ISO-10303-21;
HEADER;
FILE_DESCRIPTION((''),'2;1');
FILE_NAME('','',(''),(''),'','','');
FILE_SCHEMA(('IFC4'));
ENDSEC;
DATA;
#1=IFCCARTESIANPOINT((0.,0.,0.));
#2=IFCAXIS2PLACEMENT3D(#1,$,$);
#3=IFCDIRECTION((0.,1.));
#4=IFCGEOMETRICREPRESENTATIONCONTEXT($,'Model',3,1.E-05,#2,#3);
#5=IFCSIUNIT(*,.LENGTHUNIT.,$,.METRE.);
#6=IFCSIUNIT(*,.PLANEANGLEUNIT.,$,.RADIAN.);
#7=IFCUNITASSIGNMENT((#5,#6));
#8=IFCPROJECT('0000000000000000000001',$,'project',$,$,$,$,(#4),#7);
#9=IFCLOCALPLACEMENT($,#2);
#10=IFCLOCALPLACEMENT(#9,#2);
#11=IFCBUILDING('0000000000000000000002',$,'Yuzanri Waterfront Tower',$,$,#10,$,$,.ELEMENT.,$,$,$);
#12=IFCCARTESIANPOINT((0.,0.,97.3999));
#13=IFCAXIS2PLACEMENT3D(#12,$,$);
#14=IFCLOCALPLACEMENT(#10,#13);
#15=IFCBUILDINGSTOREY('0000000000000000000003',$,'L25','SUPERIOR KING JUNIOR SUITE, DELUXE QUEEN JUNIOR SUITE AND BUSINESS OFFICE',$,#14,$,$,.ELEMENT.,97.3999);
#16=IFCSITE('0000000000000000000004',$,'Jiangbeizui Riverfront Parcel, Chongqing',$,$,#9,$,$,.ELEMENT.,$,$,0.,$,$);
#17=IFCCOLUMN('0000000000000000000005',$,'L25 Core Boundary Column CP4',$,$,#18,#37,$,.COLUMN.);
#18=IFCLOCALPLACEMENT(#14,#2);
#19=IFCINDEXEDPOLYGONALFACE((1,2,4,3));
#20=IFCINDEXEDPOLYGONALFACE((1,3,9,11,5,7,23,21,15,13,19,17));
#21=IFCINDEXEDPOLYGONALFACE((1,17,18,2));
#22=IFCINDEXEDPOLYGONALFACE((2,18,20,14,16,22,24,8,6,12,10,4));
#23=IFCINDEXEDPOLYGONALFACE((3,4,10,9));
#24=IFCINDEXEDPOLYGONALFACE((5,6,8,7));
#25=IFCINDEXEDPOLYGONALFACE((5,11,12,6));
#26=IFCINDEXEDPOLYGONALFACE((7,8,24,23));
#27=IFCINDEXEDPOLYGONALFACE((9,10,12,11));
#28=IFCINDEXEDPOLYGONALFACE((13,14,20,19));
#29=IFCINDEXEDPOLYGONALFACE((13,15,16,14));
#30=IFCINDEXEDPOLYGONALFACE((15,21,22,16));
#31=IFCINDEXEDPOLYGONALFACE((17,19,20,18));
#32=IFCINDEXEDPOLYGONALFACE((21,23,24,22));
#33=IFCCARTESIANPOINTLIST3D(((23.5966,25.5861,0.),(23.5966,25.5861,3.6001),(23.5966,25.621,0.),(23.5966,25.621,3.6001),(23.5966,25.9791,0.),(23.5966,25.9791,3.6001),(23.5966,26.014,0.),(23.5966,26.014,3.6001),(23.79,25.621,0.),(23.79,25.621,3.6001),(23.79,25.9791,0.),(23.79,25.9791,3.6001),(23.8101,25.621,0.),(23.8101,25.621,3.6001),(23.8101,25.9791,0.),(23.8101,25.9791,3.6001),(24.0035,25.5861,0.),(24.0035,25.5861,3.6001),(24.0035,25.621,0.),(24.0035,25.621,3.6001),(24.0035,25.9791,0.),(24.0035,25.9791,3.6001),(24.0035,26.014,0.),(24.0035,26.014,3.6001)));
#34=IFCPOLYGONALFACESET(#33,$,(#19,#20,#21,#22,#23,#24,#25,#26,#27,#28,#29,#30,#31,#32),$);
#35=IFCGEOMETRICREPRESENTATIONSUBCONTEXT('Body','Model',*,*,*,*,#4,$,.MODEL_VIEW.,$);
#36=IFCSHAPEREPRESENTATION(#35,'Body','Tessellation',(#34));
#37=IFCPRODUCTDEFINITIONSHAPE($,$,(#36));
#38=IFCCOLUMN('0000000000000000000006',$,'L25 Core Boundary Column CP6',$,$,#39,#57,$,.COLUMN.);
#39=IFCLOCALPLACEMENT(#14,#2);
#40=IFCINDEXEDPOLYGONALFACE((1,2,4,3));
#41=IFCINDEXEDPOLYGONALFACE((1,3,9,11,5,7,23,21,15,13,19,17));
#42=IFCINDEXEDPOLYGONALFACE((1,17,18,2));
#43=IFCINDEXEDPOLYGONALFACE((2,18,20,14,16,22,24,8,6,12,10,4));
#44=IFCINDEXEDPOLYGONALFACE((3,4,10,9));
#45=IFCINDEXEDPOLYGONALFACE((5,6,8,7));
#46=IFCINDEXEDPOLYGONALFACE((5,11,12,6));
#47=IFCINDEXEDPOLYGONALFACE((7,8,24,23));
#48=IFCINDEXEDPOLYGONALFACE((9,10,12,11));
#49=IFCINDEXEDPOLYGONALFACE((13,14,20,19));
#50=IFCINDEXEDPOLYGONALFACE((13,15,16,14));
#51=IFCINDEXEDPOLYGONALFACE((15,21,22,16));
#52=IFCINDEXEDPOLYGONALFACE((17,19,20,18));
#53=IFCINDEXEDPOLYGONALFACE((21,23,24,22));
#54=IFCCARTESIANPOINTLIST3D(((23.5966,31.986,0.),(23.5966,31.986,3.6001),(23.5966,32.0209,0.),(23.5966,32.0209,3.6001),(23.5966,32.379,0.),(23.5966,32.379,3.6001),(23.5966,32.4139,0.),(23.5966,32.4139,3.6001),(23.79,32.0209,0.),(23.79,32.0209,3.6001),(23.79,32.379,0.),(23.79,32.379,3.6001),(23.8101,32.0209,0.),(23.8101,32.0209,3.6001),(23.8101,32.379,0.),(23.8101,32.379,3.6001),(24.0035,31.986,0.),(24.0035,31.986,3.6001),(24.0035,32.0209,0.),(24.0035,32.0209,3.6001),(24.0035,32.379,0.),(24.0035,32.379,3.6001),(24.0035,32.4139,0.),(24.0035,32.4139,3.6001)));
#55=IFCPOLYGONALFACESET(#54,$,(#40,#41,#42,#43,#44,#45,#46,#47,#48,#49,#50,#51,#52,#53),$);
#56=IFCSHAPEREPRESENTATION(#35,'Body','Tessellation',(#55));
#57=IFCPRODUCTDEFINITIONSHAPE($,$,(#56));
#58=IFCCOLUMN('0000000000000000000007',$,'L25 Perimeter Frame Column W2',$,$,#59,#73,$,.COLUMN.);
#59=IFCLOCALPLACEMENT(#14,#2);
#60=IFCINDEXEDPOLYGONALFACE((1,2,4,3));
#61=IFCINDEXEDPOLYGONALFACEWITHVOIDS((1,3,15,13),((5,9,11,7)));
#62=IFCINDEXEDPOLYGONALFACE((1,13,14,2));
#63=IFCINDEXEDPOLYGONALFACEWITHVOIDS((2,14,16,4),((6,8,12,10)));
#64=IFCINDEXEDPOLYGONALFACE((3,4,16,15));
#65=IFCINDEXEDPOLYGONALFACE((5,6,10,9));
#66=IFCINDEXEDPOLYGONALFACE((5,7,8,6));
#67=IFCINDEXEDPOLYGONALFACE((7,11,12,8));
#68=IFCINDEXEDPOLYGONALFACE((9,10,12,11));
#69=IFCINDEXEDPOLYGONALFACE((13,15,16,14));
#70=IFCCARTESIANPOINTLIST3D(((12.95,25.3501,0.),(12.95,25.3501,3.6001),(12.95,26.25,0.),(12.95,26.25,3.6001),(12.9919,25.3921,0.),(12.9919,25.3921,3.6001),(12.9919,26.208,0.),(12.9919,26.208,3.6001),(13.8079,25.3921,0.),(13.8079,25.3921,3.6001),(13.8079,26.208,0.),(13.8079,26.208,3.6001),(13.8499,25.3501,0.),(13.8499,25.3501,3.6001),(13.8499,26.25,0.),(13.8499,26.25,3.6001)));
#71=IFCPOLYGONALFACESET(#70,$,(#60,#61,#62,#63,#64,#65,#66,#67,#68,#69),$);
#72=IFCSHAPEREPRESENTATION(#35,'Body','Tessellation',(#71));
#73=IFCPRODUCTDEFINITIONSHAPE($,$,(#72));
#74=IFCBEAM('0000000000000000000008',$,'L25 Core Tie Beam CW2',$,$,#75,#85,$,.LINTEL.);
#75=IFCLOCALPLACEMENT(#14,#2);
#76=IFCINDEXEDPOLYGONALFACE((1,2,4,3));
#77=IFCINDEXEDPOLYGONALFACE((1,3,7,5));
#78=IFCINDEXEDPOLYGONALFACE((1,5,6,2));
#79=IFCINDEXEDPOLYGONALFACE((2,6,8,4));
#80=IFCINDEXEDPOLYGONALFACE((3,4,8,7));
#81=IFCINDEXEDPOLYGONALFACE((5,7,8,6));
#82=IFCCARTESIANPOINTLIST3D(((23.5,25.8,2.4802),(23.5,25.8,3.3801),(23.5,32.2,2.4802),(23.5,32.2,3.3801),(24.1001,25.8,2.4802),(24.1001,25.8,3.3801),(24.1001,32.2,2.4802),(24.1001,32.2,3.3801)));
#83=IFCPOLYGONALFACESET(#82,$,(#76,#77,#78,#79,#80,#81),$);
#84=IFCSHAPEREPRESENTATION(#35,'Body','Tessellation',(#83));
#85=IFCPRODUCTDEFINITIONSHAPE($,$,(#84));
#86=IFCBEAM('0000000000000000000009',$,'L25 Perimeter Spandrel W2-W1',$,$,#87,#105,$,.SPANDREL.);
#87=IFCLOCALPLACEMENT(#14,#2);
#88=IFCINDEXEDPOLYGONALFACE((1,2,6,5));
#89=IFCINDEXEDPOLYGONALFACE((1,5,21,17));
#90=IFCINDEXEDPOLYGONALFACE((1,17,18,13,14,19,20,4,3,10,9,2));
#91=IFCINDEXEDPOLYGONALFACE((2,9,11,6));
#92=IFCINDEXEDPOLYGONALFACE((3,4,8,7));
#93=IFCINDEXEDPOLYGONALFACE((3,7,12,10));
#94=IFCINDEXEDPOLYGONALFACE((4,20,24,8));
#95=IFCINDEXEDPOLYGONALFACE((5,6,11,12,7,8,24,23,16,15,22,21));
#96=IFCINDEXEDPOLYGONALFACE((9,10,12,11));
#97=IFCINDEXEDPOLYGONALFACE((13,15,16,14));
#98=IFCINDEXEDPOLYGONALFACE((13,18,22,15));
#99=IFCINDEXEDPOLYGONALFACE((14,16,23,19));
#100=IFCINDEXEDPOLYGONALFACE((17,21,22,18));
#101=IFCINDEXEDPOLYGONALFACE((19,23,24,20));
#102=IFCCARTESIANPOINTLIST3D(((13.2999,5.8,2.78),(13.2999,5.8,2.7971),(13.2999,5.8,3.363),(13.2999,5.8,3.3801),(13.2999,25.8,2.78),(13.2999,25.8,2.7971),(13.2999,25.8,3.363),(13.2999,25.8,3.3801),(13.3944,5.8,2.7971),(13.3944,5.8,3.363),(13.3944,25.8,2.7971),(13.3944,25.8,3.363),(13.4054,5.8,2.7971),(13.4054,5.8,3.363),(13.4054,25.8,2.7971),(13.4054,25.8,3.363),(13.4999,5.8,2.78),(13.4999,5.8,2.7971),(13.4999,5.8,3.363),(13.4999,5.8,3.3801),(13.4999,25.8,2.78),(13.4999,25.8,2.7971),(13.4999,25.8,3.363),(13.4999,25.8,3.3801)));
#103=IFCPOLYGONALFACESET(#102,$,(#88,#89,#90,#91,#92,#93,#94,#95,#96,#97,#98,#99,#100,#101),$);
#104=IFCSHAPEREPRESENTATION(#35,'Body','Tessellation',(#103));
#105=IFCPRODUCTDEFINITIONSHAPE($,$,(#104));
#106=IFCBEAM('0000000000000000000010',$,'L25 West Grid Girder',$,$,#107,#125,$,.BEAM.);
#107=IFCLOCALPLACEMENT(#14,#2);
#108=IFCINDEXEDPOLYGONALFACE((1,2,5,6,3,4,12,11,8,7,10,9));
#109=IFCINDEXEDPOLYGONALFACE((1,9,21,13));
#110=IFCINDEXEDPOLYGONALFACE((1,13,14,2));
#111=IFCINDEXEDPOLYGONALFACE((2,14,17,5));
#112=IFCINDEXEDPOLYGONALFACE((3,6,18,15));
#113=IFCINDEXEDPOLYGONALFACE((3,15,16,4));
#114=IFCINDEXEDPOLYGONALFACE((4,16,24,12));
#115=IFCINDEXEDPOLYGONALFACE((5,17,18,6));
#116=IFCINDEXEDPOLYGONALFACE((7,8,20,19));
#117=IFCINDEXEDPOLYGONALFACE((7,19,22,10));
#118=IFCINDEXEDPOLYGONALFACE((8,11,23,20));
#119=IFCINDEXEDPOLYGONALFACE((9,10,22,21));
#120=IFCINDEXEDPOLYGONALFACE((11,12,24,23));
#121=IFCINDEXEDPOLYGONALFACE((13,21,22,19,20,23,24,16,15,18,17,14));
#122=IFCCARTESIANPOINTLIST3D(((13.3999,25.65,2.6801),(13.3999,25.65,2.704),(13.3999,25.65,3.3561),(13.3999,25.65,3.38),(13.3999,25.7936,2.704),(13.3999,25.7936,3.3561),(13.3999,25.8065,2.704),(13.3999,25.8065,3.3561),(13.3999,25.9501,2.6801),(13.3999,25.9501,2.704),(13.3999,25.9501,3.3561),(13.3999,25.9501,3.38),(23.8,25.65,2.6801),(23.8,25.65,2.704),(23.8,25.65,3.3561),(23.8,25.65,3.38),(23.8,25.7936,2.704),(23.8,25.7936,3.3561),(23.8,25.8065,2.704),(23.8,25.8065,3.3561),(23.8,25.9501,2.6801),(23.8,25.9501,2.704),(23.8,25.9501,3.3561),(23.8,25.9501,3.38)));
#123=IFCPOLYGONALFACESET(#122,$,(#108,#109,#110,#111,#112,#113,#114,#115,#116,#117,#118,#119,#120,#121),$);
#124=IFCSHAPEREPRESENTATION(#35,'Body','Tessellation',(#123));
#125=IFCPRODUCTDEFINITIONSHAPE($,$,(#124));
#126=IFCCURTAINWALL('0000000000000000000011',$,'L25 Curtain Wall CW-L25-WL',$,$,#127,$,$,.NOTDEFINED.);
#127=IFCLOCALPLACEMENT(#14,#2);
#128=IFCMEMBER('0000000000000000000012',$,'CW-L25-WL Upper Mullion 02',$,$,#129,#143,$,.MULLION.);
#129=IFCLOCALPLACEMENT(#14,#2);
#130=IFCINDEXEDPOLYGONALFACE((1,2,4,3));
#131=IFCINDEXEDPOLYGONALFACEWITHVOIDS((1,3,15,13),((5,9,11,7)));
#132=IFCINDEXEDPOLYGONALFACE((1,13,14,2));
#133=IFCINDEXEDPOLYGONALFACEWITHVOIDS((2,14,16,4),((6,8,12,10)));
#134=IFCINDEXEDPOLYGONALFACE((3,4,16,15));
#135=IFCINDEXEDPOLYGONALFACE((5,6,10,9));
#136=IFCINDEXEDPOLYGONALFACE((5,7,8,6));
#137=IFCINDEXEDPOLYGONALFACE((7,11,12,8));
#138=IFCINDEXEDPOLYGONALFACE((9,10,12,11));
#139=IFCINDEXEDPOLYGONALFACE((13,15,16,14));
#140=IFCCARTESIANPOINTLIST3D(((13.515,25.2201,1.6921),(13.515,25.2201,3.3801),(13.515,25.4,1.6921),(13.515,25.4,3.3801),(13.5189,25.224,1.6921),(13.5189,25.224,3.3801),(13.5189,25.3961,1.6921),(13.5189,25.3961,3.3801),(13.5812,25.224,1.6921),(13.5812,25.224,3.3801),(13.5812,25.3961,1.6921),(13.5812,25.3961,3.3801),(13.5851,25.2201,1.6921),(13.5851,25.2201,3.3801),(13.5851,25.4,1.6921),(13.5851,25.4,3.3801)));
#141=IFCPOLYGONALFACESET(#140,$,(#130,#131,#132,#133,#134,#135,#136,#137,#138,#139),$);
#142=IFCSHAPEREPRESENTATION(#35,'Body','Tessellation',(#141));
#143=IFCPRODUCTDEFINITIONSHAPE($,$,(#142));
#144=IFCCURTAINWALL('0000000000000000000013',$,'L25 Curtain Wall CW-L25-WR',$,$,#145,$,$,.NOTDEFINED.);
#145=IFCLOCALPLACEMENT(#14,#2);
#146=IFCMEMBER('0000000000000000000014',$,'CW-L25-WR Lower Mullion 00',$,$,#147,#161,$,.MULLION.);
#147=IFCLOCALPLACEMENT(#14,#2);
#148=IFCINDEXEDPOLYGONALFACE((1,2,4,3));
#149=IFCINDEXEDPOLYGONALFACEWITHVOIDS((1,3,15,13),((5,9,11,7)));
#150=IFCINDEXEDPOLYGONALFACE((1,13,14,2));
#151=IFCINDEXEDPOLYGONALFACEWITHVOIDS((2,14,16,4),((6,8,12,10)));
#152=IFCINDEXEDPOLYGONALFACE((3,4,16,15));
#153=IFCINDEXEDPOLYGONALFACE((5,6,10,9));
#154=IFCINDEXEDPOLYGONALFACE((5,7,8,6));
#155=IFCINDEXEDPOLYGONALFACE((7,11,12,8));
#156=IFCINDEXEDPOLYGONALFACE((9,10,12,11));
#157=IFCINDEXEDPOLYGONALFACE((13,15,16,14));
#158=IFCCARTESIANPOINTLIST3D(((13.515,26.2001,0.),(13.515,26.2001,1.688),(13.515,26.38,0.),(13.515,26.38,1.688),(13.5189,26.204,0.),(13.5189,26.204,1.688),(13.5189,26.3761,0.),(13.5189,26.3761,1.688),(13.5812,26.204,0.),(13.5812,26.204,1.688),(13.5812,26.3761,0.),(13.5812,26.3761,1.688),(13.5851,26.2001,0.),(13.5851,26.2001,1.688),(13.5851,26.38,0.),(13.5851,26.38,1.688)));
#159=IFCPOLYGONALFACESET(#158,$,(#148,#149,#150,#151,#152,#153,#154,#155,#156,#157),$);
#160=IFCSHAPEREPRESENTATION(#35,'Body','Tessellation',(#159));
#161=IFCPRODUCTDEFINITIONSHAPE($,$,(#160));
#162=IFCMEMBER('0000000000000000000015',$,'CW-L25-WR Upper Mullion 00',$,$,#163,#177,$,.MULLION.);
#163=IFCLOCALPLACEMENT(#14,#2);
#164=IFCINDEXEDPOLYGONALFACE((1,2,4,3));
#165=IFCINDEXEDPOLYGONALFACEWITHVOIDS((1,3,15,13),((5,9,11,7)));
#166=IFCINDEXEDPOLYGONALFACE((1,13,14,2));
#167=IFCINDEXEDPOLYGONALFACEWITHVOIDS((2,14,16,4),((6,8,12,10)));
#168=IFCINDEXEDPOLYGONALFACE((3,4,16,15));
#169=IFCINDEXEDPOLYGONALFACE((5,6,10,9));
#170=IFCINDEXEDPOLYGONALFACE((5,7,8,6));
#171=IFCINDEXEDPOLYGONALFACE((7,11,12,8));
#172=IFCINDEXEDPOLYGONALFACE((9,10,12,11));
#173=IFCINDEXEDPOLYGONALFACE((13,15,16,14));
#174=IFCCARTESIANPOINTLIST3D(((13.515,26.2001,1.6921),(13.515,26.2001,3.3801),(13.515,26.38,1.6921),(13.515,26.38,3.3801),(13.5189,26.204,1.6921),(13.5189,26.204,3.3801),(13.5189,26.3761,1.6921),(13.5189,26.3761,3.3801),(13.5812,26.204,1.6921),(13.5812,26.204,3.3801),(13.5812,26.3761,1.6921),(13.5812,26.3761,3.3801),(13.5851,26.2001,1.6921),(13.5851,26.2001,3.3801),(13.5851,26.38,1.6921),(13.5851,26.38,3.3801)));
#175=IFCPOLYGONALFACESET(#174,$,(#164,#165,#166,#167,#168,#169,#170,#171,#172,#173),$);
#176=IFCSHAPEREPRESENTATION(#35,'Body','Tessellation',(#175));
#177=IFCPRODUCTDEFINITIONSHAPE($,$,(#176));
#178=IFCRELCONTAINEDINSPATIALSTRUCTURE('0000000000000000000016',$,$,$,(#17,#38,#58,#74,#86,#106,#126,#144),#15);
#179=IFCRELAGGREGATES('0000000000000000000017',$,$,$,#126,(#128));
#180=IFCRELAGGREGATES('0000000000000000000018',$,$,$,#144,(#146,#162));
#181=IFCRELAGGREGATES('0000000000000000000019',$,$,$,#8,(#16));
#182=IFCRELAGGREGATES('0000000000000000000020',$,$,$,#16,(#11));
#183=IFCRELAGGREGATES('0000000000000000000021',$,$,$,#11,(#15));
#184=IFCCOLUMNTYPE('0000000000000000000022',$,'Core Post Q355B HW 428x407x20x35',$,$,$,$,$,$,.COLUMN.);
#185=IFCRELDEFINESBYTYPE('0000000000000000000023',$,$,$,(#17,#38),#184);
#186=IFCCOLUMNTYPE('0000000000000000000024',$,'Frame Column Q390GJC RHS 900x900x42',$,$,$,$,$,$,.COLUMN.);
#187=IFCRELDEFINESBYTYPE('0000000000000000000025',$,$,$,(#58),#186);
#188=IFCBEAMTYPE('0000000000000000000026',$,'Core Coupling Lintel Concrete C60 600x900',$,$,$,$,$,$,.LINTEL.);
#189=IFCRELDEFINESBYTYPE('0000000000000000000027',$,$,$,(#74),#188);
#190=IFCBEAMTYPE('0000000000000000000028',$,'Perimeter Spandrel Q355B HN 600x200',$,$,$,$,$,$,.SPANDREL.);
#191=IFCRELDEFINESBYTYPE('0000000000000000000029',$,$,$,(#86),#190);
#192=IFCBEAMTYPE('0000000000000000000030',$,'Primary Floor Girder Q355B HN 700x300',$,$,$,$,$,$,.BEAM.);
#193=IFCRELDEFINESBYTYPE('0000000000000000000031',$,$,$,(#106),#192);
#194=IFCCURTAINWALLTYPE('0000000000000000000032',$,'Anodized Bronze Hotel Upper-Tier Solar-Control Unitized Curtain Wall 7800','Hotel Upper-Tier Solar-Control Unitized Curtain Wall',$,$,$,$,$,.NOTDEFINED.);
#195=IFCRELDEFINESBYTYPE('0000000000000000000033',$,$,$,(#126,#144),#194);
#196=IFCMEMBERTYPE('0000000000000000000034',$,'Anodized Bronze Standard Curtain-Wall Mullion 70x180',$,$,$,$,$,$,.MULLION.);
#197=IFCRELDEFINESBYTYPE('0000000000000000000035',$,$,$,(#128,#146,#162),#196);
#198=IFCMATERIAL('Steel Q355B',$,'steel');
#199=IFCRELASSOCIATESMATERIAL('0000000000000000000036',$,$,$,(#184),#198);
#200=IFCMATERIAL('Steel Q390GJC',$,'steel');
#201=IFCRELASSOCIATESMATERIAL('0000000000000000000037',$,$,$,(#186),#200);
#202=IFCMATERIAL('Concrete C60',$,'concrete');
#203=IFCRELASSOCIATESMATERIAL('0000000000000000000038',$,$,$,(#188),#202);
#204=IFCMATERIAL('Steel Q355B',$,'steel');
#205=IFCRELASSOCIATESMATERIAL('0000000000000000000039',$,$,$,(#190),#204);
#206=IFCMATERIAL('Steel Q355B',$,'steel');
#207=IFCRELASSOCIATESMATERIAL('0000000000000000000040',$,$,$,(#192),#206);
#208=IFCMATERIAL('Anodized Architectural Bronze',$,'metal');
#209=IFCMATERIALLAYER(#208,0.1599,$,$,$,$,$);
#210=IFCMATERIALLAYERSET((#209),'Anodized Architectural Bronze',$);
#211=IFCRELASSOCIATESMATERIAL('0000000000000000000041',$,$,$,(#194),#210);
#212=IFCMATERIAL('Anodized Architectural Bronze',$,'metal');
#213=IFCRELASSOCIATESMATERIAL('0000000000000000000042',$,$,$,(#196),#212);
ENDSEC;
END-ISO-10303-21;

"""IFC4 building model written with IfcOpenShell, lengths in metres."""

from ifc_helpers import new_model, si_unit, direction, frame, origin, origin_2d, place, context, subcontext, project, spatial, rectangle, hollow_rectangle, i_section, extrude, source, transform, mapped, material, layer, layer_set, material_profile, profile_set, type_object, element, aggregate, save


model = new_model("IFC4")

# Units and contexts
model_context = context("Model", 3, precision=1e-05, world=origin(), true_north=direction((0.0, 1.0)))
body_context = subcontext(model_context, "Body", "Model", "MODEL_VIEW")
ifc_project = project(units=[si_unit("LENGTHUNIT", "METRE"), si_unit("PLANEANGLEUNIT", "RADIAN")], contexts=[model_context])

# Site, building, storey
site_placement = place(None, origin())
site = spatial("IfcSite", under=ifc_project, at=site_placement, Name="Jiangbeizui Riverfront Parcel, Chongqing", CompositionType="ELEMENT", RefElevation=0.0)
building_placement = place(site_placement, origin())
building = spatial("IfcBuilding", under=site, at=building_placement, Name="Yuzanri Waterfront Tower", CompositionType="ELEMENT")
storey_placement = place(building_placement, frame((0.0, 0.0, 97.3999)))
storey = spatial("IfcBuildingStorey", under=building, at=storey_placement, Name="L25", Description="SUPERIOR KING JUNIOR SUITE, DELUXE QUEEN JUNIOR SUITE AND BUSINESS OFFICE", CompositionType="ELEMENT", Elevation=97.3999)

# Columns
ifc_material_1 = material(Name="Steel Q355B", Category="steel")
ifc_material_profile_1 = material_profile(ifc_material_1, i_section(OverallWidth=0.407, OverallDepth=0.428, WebThickness=0.02, FlangeThickness=0.0349, at=origin_2d()), Name="HW 428x407x20x35")
ifc_profile_set_1 = profile_set([ifc_material_profile_1], Name="Steel Q355B")
column_type_1 = type_object("IfcColumnType", Name="Core Post Q355B HW 428x407x20x35", PredefinedType="COLUMN", material=ifc_profile_set_1)
shared_shape_1 = source(origin(), body_context, "Body", "SweptSolid", [
    extrude(i_section(OverallWidth=0.407, OverallDepth=0.428, WebThickness=0.02, FlangeThickness=0.0349, at=origin_2d()), origin(), (0.0, 0.0, 1.0), 3.6001),
])
for number, where, z_axis, x_axis, name in (
    (1, (23.8, 25.8, 0.0), (0.0, 0.0, 1.0), (1.0, 0.0, 0.0), "L25 Core Boundary Column CP4"),
    (2, (23.8, 32.2, 0.0), (0.0, 0.0, 1.0), (1.0, 0.0, 0.0), "L25 Core Boundary Column CP6"),
):
    element("IfcColumn", number, at=place(storey_placement, frame(where, z_axis=z_axis, x_axis=x_axis)), inside=storey, type_object=column_type_1, Name=name, PredefinedType="COLUMN", context=body_context, shape_type="MappedRepresentation", body=[
        mapped(shared_shape_1, transform((0.0, 0.0, 0.0), scale=1.0)),
    ])
ifc_material_2 = material(Name="Steel Q390GJC", Category="steel")
ifc_material_profile_2 = material_profile(ifc_material_2, hollow_rectangle(XDim=0.8999, YDim=0.8999, WallThickness=0.042, at=origin_2d()), Name="RHS 900x900x42")
ifc_profile_set_2 = profile_set([ifc_material_profile_2], Name="Steel Q390GJC")
column_type_2 = type_object("IfcColumnType", Name="Frame Column Q390GJC RHS 900x900x42", PredefinedType="COLUMN", material=ifc_profile_set_2)
shared_shape_2 = source(origin(), body_context, "Body", "SweptSolid", [
    extrude(hollow_rectangle(XDim=0.8999, YDim=0.8999, WallThickness=0.042, at=origin_2d()), origin(), (0.0, 0.0, 1.0), 3.6001),
])
column_placement = place(storey_placement, frame((13.3999, 25.8, 0.0), z_axis=(0.0, 0.0, 1.0), x_axis=(1.0, 0.0, 0.0)))
element("IfcColumn", 3, at=column_placement, inside=storey, type_object=column_type_2, Name="L25 Perimeter Frame Column W2", PredefinedType="COLUMN", context=body_context, shape_type="MappedRepresentation", body=[
    mapped(shared_shape_2, transform((0.0, 0.0, 0.0), scale=1.0)),
])

# Beams
ifc_material_3 = material(Name="Concrete C60", Category="concrete")
ifc_material_profile_3 = material_profile(ifc_material_3, rectangle(XDim=0.6001, YDim=0.8999, at=origin_2d()), Name="RC 600x900")
ifc_profile_set_3 = profile_set([ifc_material_profile_3], Name="Concrete C60")
beam_type_1 = type_object("IfcBeamType", Name="Core Coupling Lintel Concrete C60 600x900", PredefinedType="LINTEL", material=ifc_profile_set_3)
shared_shape_3 = source(origin(), body_context, "Body", "SweptSolid", [
    extrude(rectangle(XDim=0.6001, YDim=0.8999, at=origin_2d()), origin(), (0.0, 0.0, 1.0), 6.3999),
])
beam_1_placement = place(storey_placement, frame((23.8, 25.8, 2.9302), z_axis=(0.0, 1.0, 0.0), x_axis=(-1.0, 0.0, 0.0)))
element("IfcBeam", 4, at=beam_1_placement, inside=storey, type_object=beam_type_1, Name="L25 Core Tie Beam CW2", PredefinedType="LINTEL", context=body_context, shape_type="MappedRepresentation", body=[
    mapped(shared_shape_3, transform((0.0, 0.0, 0.0), scale=1.0)),
])
ifc_material_4 = material(Name="Steel Q355B", Category="steel")
ifc_material_profile_4 = material_profile(ifc_material_4, i_section(OverallWidth=0.2, OverallDepth=0.6001, WebThickness=0.011, FlangeThickness=0.0171, at=origin_2d()), Name="HN 600x200x11x17")
ifc_profile_set_4 = profile_set([ifc_material_profile_4], Name="Steel Q355B")
beam_type_2 = type_object("IfcBeamType", Name="Perimeter Spandrel Q355B HN 600x200", PredefinedType="SPANDREL", material=ifc_profile_set_4)
shared_shape_4 = source(origin(), body_context, "Body", "SweptSolid", [
    extrude(i_section(OverallWidth=0.2, OverallDepth=0.6001, WebThickness=0.011, FlangeThickness=0.0171, at=origin_2d()), origin(), (0.0, 0.0, 1.0), 20.0),
])
beam_2_placement = place(storey_placement, frame((13.3999, 25.8, 3.0801), z_axis=(0.0, -1.0, 0.0), x_axis=(1.0, 0.0, 0.0)))
element("IfcBeam", 5, at=beam_2_placement, inside=storey, type_object=beam_type_2, Name="L25 Perimeter Spandrel W2-W1", PredefinedType="SPANDREL", context=body_context, shape_type="MappedRepresentation", body=[
    mapped(shared_shape_4, transform((0.0, 0.0, 0.0), scale=1.0)),
])
ifc_material_5 = material(Name="Steel Q355B", Category="steel")
ifc_material_profile_5 = material_profile(ifc_material_5, i_section(OverallWidth=0.3, OverallDepth=0.7, WebThickness=0.0129, FlangeThickness=0.0239, at=origin_2d()), Name="HN 700x300x13x24")
ifc_profile_set_5 = profile_set([ifc_material_profile_5], Name="Steel Q355B")
beam_type_3 = type_object("IfcBeamType", Name="Primary Floor Girder Q355B HN 700x300", PredefinedType="BEAM", material=ifc_profile_set_5)
shared_shape_5 = source(origin(), body_context, "Body", "SweptSolid", [
    extrude(i_section(OverallWidth=0.3, OverallDepth=0.7, WebThickness=0.0129, FlangeThickness=0.0239, at=origin_2d()), origin(), (0.0, 0.0, 1.0), 10.4001),
])
beam_3_placement = place(storey_placement, frame((23.8, 25.8, 3.03), z_axis=(-1.0, 0.0, 0.0), x_axis=(0.0, -1.0, 0.0)))
element("IfcBeam", 6, at=beam_3_placement, inside=storey, type_object=beam_type_3, Name="L25 West Grid Girder", PredefinedType="BEAM", context=body_context, shape_type="MappedRepresentation", body=[
    mapped(shared_shape_5, transform((0.0, 0.0, 0.0), scale=1.0)),
])

# Curtain wall, member
ifc_material_6 = material(Name="Anodized Architectural Bronze", Category="metal")
ifc_layer_1 = layer(ifc_material_6, 0.1599)
ifc_layer_set_1 = layer_set([ifc_layer_1], Name="Anodized Architectural Bronze")
curtain_wall_type = type_object("IfcCurtainWallType", Name="Anodized Bronze Hotel Upper-Tier Solar-Control Unitized Curtain Wall 7800", Description="Hotel Upper-Tier Solar-Control Unitized Curtain Wall", PredefinedType="NOTDEFINED", material=ifc_layer_set_1)
curtain_wall_1_placement = place(storey_placement, origin())
curtain_wall_1 = element("IfcCurtainWall", 7, at=curtain_wall_1_placement, inside=storey, type_object=curtain_wall_type, Name="L25 Curtain Wall CW-L25-WL", PredefinedType="NOTDEFINED")
ifc_material_7 = material(Name="Anodized Architectural Bronze", Category="metal")
ifc_material_profile_6 = material_profile(ifc_material_7, hollow_rectangle(XDim=0.0701, YDim=0.1799, WallThickness=0.0039, at=origin_2d()), Name="CWM 70x180")
ifc_profile_set_6 = profile_set([ifc_material_profile_6], Name="Anodized Architectural Bronze")
member_type_1 = type_object("IfcMemberType", Name="Anodized Bronze Standard Curtain-Wall Mullion 70x180", PredefinedType="MULLION", material=ifc_profile_set_6)
shared_shape_6 = source(origin(), body_context, "Body", "SweptSolid", [
    extrude(hollow_rectangle(XDim=0.0701, YDim=0.1799, WallThickness=0.0039, at=origin_2d()), origin(), (0.0, 0.0, 1.0), 1.688),
])
member_1_placement = place(storey_placement, frame((13.55, 25.3101, 1.6921), z_axis=(0.0, 0.0, 1.0), x_axis=(1.0, 0.0, 0.0)))
member_1 = element("IfcMember", 8, at=member_1_placement, type_object=member_type_1, Name="CW-L25-WL Upper Mullion 02", PredefinedType="MULLION", context=body_context, shape_type="MappedRepresentation", body=[
    mapped(shared_shape_6, transform((0.0, 0.0, 0.0), scale=1.0)),
])
aggregate(curtain_wall_1, [member_1])

# Curtain wall, members
curtain_wall_2_placement = place(storey_placement, origin())
curtain_wall_2 = element("IfcCurtainWall", 9, at=curtain_wall_2_placement, inside=storey, type_object=curtain_wall_type, Name="L25 Curtain Wall CW-L25-WR", PredefinedType="NOTDEFINED")
member_2_placement = place(storey_placement, frame((13.55, 26.29, 0.0), z_axis=(0.0, 0.0, 1.0), x_axis=(1.0, 0.0, 0.0)))
member_2 = element("IfcMember", 10, at=member_2_placement, type_object=member_type_1, Name="CW-L25-WR Lower Mullion 00", PredefinedType="MULLION", context=body_context, shape_type="MappedRepresentation", body=[
    mapped(shared_shape_6, transform((0.0, 0.0, 0.0), scale=1.0)),
])
member_3_placement = place(storey_placement, frame((13.55, 26.29, 1.6921), z_axis=(0.0, 0.0, 1.0), x_axis=(1.0, 0.0, 0.0)))
member_3 = element("IfcMember", 11, at=member_3_placement, type_object=member_type_1, Name="CW-L25-WR Upper Mullion 00", PredefinedType="MULLION", context=body_context, shape_type="MappedRepresentation", body=[
    mapped(shared_shape_6, transform((0.0, 0.0, 0.0), scale=1.0)),
])
aggregate(curtain_wall_2, [member_2, member_3])

save(model, "model.ifc")
